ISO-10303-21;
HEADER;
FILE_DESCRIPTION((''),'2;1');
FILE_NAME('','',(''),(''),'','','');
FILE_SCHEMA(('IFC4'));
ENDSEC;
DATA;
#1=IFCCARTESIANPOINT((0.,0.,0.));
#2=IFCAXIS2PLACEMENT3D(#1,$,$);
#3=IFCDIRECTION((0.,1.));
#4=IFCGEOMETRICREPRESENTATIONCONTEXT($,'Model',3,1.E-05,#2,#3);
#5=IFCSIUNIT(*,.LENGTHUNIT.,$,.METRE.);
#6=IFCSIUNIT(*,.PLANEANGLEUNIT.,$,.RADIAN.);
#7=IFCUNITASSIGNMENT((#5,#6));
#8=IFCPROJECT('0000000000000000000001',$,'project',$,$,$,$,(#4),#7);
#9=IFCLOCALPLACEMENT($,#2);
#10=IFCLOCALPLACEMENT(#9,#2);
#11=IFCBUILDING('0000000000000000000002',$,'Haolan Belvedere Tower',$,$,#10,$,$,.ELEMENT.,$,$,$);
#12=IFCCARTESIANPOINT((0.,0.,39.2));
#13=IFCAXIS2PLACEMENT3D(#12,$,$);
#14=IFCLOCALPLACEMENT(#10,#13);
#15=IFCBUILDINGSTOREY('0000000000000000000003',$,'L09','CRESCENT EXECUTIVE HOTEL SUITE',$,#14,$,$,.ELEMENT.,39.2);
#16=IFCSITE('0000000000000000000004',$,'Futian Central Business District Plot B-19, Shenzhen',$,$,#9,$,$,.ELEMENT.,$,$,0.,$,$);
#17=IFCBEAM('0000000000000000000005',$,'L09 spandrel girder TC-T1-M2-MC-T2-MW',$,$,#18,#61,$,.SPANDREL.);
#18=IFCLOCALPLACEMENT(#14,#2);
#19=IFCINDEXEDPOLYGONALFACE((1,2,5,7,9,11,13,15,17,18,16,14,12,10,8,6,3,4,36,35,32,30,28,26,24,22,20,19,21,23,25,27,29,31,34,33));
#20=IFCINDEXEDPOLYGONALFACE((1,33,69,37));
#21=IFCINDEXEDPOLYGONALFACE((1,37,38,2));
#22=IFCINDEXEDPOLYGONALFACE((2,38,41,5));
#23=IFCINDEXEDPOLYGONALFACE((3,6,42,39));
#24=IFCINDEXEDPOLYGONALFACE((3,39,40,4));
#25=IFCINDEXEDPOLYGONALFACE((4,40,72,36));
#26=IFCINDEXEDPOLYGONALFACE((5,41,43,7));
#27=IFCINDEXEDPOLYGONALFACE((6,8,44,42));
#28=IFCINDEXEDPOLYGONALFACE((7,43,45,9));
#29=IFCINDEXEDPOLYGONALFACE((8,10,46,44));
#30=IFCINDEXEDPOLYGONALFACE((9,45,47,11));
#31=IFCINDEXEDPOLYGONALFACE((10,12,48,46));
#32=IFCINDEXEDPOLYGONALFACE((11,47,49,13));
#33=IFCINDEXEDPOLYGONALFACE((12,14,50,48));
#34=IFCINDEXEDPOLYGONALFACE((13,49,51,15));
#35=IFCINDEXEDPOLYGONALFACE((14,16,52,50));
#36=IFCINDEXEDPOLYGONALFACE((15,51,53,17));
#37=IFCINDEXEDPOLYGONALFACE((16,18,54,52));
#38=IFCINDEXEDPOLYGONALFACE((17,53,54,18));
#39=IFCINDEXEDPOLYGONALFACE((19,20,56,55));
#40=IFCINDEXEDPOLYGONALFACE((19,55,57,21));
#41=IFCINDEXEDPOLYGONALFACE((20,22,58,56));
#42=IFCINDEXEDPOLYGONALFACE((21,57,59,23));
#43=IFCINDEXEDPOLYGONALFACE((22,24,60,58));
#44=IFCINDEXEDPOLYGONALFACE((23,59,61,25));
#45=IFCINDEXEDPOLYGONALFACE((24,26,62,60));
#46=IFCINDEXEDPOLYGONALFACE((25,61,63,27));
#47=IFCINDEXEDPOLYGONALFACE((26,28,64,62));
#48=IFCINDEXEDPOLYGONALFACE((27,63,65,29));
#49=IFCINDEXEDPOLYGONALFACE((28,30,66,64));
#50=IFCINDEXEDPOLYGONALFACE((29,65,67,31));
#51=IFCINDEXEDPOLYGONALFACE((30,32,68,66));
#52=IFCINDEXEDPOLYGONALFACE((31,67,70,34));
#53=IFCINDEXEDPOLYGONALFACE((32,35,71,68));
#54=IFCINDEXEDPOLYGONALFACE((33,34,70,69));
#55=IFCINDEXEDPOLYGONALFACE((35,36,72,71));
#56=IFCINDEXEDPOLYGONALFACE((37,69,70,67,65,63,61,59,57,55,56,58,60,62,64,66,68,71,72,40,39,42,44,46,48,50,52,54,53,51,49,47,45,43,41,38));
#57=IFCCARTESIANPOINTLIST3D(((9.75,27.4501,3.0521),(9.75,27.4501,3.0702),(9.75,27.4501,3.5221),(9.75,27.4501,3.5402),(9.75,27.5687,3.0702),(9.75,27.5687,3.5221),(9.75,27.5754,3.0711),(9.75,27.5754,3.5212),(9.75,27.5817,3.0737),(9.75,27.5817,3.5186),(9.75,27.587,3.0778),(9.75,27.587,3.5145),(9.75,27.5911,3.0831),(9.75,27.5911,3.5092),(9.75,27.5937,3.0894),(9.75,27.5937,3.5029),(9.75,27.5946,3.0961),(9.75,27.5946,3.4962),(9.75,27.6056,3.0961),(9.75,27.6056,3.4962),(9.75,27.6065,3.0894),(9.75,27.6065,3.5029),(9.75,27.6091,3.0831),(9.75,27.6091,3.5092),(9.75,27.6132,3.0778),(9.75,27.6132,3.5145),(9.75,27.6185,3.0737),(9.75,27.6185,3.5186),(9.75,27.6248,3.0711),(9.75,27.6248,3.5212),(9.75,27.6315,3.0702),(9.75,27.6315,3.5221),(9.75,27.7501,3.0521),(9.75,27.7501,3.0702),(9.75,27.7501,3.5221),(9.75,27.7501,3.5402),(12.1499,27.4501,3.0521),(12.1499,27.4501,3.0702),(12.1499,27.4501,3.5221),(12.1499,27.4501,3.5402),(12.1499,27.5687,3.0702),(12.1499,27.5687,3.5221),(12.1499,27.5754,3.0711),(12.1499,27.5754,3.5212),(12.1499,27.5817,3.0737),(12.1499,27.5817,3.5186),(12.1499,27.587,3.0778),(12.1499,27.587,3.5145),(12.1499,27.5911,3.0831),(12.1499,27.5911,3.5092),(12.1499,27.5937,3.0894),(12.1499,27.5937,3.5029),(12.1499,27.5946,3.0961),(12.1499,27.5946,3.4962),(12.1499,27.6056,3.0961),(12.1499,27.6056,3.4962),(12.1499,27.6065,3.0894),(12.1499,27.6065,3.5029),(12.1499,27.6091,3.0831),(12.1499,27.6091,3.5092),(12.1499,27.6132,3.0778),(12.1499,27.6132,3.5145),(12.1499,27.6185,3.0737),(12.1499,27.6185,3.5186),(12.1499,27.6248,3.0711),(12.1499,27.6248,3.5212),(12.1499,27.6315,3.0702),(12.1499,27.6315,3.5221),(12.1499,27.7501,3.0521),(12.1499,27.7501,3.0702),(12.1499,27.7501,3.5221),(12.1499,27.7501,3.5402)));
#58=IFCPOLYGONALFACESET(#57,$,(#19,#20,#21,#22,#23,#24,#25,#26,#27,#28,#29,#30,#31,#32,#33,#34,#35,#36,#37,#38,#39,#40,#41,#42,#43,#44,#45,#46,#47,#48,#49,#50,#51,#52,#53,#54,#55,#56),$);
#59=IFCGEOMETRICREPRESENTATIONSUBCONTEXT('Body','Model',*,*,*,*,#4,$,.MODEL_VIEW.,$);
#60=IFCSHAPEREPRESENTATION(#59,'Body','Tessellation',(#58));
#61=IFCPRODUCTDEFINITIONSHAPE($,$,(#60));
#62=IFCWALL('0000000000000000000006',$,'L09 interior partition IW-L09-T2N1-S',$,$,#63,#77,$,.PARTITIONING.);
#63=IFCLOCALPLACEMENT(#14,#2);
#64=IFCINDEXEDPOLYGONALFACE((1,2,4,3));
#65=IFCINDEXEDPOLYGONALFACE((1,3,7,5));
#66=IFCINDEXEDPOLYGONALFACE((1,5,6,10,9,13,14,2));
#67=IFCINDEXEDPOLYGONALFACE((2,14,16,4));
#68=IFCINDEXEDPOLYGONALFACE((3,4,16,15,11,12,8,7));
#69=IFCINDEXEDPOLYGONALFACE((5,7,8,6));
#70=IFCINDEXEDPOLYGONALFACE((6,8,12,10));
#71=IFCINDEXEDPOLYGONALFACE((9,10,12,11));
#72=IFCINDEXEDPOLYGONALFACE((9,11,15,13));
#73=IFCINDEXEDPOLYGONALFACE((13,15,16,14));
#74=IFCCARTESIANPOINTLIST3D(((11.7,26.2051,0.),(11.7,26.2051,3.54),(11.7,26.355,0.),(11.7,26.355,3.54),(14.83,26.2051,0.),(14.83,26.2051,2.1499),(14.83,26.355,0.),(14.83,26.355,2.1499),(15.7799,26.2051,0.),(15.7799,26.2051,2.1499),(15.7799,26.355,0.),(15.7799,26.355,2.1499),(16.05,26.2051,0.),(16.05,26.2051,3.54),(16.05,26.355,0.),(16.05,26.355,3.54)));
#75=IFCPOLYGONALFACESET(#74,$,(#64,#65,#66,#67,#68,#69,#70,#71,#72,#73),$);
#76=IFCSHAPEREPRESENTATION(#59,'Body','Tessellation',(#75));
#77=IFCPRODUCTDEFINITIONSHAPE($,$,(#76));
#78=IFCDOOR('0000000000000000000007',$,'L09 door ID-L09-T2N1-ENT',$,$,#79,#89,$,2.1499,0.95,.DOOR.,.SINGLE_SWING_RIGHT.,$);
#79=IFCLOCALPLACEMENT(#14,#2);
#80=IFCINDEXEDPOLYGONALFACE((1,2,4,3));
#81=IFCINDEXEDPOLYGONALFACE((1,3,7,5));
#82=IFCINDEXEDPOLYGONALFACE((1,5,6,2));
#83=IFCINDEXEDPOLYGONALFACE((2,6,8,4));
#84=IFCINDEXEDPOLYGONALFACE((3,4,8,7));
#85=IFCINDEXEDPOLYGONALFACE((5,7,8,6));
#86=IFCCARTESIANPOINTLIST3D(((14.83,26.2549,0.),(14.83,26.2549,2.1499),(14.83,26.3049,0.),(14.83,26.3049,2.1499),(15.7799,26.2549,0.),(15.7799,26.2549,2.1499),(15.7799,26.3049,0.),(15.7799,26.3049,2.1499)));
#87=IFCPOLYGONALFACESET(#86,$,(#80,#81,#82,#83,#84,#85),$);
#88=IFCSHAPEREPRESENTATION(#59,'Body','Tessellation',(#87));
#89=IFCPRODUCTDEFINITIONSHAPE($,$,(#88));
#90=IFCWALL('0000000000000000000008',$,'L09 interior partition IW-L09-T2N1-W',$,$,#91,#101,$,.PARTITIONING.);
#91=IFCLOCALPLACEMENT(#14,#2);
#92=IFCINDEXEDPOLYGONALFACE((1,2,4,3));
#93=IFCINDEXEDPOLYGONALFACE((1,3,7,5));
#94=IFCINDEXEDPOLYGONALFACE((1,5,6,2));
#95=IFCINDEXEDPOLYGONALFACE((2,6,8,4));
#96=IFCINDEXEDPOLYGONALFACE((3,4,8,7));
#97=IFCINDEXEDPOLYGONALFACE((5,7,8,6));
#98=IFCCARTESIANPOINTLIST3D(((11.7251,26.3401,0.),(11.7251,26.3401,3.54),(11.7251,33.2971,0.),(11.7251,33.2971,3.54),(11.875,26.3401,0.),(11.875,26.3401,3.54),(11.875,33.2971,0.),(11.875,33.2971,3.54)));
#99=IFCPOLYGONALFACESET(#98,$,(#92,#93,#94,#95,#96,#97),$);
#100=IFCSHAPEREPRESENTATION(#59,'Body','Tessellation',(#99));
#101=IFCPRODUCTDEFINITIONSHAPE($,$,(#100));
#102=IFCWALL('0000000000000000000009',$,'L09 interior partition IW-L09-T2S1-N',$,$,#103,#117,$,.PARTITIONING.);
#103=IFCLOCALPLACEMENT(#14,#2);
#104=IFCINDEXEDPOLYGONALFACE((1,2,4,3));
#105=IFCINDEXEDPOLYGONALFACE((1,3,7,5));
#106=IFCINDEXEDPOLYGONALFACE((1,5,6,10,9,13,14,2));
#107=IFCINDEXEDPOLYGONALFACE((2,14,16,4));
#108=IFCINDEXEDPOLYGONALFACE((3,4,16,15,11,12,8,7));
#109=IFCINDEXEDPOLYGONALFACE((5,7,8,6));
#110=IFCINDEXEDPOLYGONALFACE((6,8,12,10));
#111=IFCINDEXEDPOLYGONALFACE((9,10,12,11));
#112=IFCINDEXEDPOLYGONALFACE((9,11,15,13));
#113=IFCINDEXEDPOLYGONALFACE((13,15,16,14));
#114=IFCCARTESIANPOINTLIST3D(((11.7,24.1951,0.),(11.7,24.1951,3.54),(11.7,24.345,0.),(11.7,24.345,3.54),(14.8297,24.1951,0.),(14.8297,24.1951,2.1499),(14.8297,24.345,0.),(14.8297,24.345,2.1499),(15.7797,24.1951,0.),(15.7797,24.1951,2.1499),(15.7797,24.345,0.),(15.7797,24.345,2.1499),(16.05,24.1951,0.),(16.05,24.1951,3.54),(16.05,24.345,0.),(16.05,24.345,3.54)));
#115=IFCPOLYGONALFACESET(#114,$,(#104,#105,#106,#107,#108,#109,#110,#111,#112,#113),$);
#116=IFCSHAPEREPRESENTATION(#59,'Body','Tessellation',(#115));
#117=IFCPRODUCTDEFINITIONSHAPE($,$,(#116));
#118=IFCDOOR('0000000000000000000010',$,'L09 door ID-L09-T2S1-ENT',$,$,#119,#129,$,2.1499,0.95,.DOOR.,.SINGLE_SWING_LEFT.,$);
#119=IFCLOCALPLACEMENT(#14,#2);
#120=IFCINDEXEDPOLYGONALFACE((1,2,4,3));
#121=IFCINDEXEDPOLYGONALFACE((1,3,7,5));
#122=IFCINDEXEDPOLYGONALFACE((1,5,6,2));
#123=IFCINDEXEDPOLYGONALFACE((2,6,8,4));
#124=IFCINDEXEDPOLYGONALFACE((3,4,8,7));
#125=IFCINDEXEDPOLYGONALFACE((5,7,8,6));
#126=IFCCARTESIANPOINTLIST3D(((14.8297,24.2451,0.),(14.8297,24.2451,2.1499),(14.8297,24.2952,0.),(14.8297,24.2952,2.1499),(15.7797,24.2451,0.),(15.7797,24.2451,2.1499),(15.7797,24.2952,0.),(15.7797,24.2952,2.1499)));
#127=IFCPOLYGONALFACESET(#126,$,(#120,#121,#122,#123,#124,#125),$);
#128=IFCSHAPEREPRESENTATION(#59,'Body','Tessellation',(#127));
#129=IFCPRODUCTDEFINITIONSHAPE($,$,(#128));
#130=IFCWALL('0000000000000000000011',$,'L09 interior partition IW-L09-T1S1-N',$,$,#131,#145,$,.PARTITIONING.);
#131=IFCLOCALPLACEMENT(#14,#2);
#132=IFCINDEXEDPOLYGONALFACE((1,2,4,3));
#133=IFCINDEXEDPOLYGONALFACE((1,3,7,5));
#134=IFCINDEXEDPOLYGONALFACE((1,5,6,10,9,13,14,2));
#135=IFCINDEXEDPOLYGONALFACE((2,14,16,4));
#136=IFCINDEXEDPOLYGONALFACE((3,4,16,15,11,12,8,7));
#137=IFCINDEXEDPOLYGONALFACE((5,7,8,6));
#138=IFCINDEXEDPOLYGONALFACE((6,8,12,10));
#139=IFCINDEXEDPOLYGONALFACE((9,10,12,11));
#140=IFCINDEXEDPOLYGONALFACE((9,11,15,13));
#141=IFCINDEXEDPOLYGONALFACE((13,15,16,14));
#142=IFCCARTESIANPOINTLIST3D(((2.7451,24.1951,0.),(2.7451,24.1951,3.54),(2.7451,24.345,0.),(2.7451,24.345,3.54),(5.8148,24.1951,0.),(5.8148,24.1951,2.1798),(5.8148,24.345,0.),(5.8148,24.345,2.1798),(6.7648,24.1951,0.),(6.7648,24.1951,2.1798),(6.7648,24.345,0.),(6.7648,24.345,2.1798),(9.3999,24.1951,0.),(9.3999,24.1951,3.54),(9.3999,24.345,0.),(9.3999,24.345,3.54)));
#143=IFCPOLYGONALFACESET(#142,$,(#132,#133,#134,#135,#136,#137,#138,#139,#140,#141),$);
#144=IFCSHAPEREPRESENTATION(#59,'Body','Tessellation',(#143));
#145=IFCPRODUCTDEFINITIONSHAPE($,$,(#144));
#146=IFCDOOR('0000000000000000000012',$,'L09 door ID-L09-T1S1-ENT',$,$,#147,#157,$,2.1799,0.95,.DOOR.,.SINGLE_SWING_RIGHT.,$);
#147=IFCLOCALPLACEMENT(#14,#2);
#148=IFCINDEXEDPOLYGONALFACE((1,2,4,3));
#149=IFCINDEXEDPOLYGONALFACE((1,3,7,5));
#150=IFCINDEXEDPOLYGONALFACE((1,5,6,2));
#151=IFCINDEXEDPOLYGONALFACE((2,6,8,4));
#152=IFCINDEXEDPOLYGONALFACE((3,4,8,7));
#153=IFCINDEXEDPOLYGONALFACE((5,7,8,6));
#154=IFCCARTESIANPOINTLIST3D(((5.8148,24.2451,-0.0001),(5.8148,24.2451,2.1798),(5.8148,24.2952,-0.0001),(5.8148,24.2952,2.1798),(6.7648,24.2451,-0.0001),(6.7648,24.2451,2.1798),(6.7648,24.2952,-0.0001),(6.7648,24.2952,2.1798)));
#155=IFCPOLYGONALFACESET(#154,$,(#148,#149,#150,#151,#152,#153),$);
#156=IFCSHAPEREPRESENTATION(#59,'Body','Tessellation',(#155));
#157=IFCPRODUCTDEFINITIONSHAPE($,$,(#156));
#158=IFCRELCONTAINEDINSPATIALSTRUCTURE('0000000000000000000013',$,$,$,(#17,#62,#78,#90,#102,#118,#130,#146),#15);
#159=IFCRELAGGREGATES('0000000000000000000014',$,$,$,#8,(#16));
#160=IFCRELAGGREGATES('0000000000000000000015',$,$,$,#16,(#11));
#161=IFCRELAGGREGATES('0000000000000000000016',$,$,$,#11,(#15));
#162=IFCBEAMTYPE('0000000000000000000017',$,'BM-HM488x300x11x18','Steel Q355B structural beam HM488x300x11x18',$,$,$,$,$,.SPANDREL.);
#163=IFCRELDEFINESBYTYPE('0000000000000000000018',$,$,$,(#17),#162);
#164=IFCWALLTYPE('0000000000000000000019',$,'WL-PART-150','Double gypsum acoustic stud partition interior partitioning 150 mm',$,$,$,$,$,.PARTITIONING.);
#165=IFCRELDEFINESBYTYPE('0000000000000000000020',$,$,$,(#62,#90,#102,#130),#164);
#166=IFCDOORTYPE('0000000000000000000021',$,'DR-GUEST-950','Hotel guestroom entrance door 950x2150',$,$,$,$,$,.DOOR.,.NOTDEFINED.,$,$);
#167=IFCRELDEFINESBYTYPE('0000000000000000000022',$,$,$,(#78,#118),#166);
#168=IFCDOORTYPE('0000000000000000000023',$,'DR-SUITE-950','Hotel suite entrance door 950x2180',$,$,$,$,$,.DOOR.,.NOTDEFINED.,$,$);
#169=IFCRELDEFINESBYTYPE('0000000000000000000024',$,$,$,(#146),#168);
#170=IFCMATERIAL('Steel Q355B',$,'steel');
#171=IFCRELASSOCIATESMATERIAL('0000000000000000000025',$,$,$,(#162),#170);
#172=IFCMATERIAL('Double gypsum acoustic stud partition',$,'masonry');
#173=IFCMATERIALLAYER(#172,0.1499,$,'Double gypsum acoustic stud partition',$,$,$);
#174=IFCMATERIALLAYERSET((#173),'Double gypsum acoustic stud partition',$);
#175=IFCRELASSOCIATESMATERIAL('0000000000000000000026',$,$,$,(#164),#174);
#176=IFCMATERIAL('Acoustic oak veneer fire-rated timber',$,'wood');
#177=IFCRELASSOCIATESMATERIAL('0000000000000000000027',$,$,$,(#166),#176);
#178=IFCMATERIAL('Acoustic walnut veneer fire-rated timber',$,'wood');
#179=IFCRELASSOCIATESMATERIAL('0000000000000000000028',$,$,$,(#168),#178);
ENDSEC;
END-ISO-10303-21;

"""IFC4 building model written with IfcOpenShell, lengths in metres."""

from ifc_helpers import new_model, si_unit, direction, frame, frame_2d, origin, origin_2d, place, context, subcontext, project, spatial, rectangle, i_section, extrude, material, layer, layer_set, material_profile, profile_set, type_object, element, fill, save


model = new_model("IFC4")

# Units and contexts
model_context = context("Model", 3, precision=1e-05, world=origin(), true_north=direction((0.0, 1.0)))
body_context = subcontext(model_context, "Body", "Model", "MODEL_VIEW")
ifc_project = project(units=[si_unit("LENGTHUNIT", "METRE"), si_unit("PLANEANGLEUNIT", "RADIAN")], contexts=[model_context])

# Site, building, storey
site_placement = place(None, origin())
site = spatial("IfcSite", under=ifc_project, at=site_placement, Name="Futian Central Business District Plot B-19, Shenzhen", CompositionType="ELEMENT", RefElevation=0.0)
building_placement = place(site_placement, origin())
building = spatial("IfcBuilding", under=site, at=building_placement, Name="Haolan Belvedere Tower", CompositionType="ELEMENT")
storey_placement = place(building_placement, frame((0.0, 0.0, 39.2)))
storey = spatial("IfcBuildingStorey", under=building, at=storey_placement, Name="L09", Description="CRESCENT EXECUTIVE HOTEL SUITE", CompositionType="ELEMENT", Elevation=39.2)

# Shared definitions
ifc_material_1 = material(Name="Steel Q355B", Category="steel")

# Beam
ifc_material_profile_1 = material_profile(ifc_material_1, i_section(OverallWidth=0.3, OverallDepth=0.488, WebThickness=0.011, FlangeThickness=0.0181, FilletRadius=0.0259, at=origin_2d()), Name="Steel Q355B")
ifc_profile_set_1 = profile_set([ifc_material_profile_1], Name="Steel Q355B")
beam_type = type_object("IfcBeamType", Name="BM-HM488x300x11x18", Description="Steel Q355B structural beam HM488x300x11x18", PredefinedType="SPANDREL", material=ifc_profile_set_1)
beam_1_placement = place(storey_placement, frame((9.75, 27.6001, 3.2961), z_axis=(1.0, 0.0, 0.0), x_axis=(0.0, 1.0, 0.0)))
element("IfcBeam", 1, at=beam_1_placement, inside=storey, type_object=beam_type, Name="L09 spandrel girder TC-T1-M2-MC-T2-MW", PredefinedType="SPANDREL", context=body_context, shape_type="SweptSolid", body=[
    extrude(i_section(OverallWidth=0.3, OverallDepth=0.488, WebThickness=0.011, FlangeThickness=0.0181, FilletRadius=0.0259, at=origin_2d()), origin(), (0.0, 0.0, 1.0), 2.3999),
])

# Wall, opening, door
ifc_material_2 = material(Name="Double gypsum acoustic stud partition", Category="masonry")
ifc_layer_1 = layer(ifc_material_2, 0.1499, Name="Double gypsum acoustic stud partition")
ifc_layer_set_1 = layer_set([ifc_layer_1], Name="Double gypsum acoustic stud partition")
wall_type_1 = type_object("IfcWallType", Name="WL-PART-150", Description="Double gypsum acoustic stud partition interior partitioning 150 mm", PredefinedType="PARTITIONING", material=ifc_layer_set_1)
wall_1_placement = place(storey_placement, frame((11.7, 26.28, 0.0), z_axis=(0.0, 0.0, 1.0), x_axis=(1.0, 0.0, 0.0)))
wall_1 = element("IfcWall", 2, at=wall_1_placement, inside=storey, type_object=wall_type_1, Name="L09 interior partition IW-L09-T2N1-S", PredefinedType="PARTITIONING", context=body_context, shape_type="SweptSolid", body=[
    extrude(rectangle(XDim=4.3501, YDim=0.1499, at=frame_2d((2.175, 0.0))), origin(), (0.0, 0.0, 1.0), 3.54),
])
opening_1_placement = place(wall_1_placement, frame((3.1299, 0.0, 0.0)))
opening_1 = element("IfcOpeningElement", 3, at=opening_1_placement, cuts=wall_1, PredefinedType="OPENING", context=body_context, shape_type="SweptSolid", body=[
    extrude(rectangle(XDim=0.95, YDim=2.1499, at=frame_2d((0.4751, 1.075))), frame((0.0, 0.085, 0.0), z_axis=(0.0, -1.0, 0.0), x_axis=(1.0, 0.0, 0.0)), (0.0, 0.0, 1.0), 0.1699),
])
ifc_material_3 = material(Name="Acoustic oak veneer fire-rated timber", Category="wood")
door_type_1 = type_object("IfcDoorType", Name="DR-GUEST-950", Description="Hotel guestroom entrance door 950x2150", OperationType="NOTDEFINED", PredefinedType="DOOR", material=ifc_material_3)
door_1_placement = place(opening_1_placement, origin())
door_1 = element("IfcDoor", 4, at=door_1_placement, inside=storey, type_object=door_type_1, Name="L09 door ID-L09-T2N1-ENT", OperationType="SINGLE_SWING_RIGHT", OverallHeight=2.1499, OverallWidth=0.95, PredefinedType="DOOR", context=body_context, shape_type="SweptSolid", body=[
    extrude(rectangle(XDim=0.95, YDim=2.1499, at=frame_2d((0.4751, 1.075))), frame((0.0, 0.0249, 0.0), z_axis=(0.0, -1.0, 0.0), x_axis=(1.0, 0.0, 0.0)), (0.0, 0.0, 1.0), 0.05),
])
fill(opening_1, door_1)

# Wall
wall_2_placement = place(storey_placement, frame((11.8, 26.3401, 0.0), z_axis=(0.0, 0.0, 1.0), x_axis=(0.0, 1.0, 0.0)))
element("IfcWall", 5, at=wall_2_placement, inside=storey, type_object=wall_type_1, Name="L09 interior partition IW-L09-T2N1-W", PredefinedType="PARTITIONING", context=body_context, shape_type="SweptSolid", body=[
    extrude(rectangle(XDim=6.957, YDim=0.1499, at=frame_2d((3.4785, 0.0))), origin(), (0.0, 0.0, 1.0), 3.54),
])

# Walls, openings, doors
wall_3_placement = place(storey_placement, frame((11.7, 24.27, 0.0), z_axis=(0.0, 0.0, 1.0), x_axis=(1.0, 0.0, 0.0)))
wall_3 = element("IfcWall", 6, at=wall_3_placement, inside=storey, type_object=wall_type_1, Name="L09 interior partition IW-L09-T2S1-N", PredefinedType="PARTITIONING", context=body_context, shape_type="SweptSolid", body=[
    extrude(rectangle(XDim=4.3501, YDim=0.1499, at=frame_2d((2.175, 0.0))), origin(), (0.0, 0.0, 1.0), 3.54),
])
opening_2_placement = place(wall_3_placement, frame((4.0798, 0.0, 0.0), z_axis=(0.0, 0.0, 1.0), x_axis=(-1.0, 0.0, 0.0)))
opening_2 = element("IfcOpeningElement", 7, at=opening_2_placement, cuts=wall_3, PredefinedType="OPENING", context=body_context, shape_type="SweptSolid", body=[
    extrude(rectangle(XDim=0.95, YDim=2.1499, at=frame_2d((0.4751, 1.075))), frame((0.0, 0.085, 0.0), z_axis=(0.0, -1.0, 0.0), x_axis=(1.0, 0.0, 0.0)), (0.0, 0.0, 1.0), 0.1699),
])
door_2_placement = place(opening_2_placement, origin())
door_2 = element("IfcDoor", 8, at=door_2_placement, inside=storey, type_object=door_type_1, Name="L09 door ID-L09-T2S1-ENT", OperationType="SINGLE_SWING_LEFT", OverallHeight=2.1499, OverallWidth=0.95, PredefinedType="DOOR", context=body_context, shape_type="SweptSolid", body=[
    extrude(rectangle(XDim=0.95, YDim=2.1499, at=frame_2d((0.4751, 1.075))), frame((0.0, 0.0249, 0.0), z_axis=(0.0, -1.0, 0.0), x_axis=(1.0, 0.0, 0.0)), (0.0, 0.0, 1.0), 0.05),
])
fill(opening_2, door_2)
wall_4_placement = place(storey_placement, frame((2.7451, 24.27, 0.0), z_axis=(0.0, 0.0, 1.0), x_axis=(1.0, 0.0, 0.0)))
wall_4 = element("IfcWall", 9, at=wall_4_placement, inside=storey, type_object=wall_type_1, Name="L09 interior partition IW-L09-T1S1-N", PredefinedType="PARTITIONING", context=body_context, shape_type="SweptSolid", body=[
    extrude(rectangle(XDim=6.6548, YDim=0.1499, at=frame_2d((3.3274, 0.0))), origin(), (0.0, 0.0, 1.0), 3.54),
])
opening_3_placement = place(wall_4_placement, frame((4.0198, 0.0, 0.0), z_axis=(0.0, 0.0, 1.0), x_axis=(-1.0, 0.0, 0.0)))
opening_3 = element("IfcOpeningElement", 10, at=opening_3_placement, cuts=wall_4, PredefinedType="OPENING", context=body_context, shape_type="SweptSolid", body=[
    extrude(rectangle(XDim=0.95, YDim=2.1799, at=frame_2d((0.4751, 1.0898))), frame((0.0, 0.085, 0.0), z_axis=(0.0, -1.0, 0.0), x_axis=(1.0, 0.0, 0.0)), (0.0, 0.0, 1.0), 0.1699),
])
ifc_material_4 = material(Name="Acoustic walnut veneer fire-rated timber", Category="wood")
door_type_2 = type_object("IfcDoorType", Name="DR-SUITE-950", Description="Hotel suite entrance door 950x2180", OperationType="NOTDEFINED", PredefinedType="DOOR", material=ifc_material_4)
door_3_placement = place(opening_3_placement, origin())
door_3 = element("IfcDoor", 11, at=door_3_placement, inside=storey, type_object=door_type_2, Name="L09 door ID-L09-T1S1-ENT", OperationType="SINGLE_SWING_RIGHT", OverallHeight=2.1799, OverallWidth=0.95, PredefinedType="DOOR", context=body_context, shape_type="SweptSolid", body=[
    extrude(rectangle(XDim=0.95, YDim=2.1799, at=frame_2d((0.4751, 1.0898))), frame((0.0, 0.0249, 0.0), z_axis=(0.0, -1.0, 0.0), x_axis=(1.0, 0.0, 0.0)), (0.0, 0.0, 1.0), 0.05),
])
fill(opening_3, door_3)

save(model, "model.ifc")
